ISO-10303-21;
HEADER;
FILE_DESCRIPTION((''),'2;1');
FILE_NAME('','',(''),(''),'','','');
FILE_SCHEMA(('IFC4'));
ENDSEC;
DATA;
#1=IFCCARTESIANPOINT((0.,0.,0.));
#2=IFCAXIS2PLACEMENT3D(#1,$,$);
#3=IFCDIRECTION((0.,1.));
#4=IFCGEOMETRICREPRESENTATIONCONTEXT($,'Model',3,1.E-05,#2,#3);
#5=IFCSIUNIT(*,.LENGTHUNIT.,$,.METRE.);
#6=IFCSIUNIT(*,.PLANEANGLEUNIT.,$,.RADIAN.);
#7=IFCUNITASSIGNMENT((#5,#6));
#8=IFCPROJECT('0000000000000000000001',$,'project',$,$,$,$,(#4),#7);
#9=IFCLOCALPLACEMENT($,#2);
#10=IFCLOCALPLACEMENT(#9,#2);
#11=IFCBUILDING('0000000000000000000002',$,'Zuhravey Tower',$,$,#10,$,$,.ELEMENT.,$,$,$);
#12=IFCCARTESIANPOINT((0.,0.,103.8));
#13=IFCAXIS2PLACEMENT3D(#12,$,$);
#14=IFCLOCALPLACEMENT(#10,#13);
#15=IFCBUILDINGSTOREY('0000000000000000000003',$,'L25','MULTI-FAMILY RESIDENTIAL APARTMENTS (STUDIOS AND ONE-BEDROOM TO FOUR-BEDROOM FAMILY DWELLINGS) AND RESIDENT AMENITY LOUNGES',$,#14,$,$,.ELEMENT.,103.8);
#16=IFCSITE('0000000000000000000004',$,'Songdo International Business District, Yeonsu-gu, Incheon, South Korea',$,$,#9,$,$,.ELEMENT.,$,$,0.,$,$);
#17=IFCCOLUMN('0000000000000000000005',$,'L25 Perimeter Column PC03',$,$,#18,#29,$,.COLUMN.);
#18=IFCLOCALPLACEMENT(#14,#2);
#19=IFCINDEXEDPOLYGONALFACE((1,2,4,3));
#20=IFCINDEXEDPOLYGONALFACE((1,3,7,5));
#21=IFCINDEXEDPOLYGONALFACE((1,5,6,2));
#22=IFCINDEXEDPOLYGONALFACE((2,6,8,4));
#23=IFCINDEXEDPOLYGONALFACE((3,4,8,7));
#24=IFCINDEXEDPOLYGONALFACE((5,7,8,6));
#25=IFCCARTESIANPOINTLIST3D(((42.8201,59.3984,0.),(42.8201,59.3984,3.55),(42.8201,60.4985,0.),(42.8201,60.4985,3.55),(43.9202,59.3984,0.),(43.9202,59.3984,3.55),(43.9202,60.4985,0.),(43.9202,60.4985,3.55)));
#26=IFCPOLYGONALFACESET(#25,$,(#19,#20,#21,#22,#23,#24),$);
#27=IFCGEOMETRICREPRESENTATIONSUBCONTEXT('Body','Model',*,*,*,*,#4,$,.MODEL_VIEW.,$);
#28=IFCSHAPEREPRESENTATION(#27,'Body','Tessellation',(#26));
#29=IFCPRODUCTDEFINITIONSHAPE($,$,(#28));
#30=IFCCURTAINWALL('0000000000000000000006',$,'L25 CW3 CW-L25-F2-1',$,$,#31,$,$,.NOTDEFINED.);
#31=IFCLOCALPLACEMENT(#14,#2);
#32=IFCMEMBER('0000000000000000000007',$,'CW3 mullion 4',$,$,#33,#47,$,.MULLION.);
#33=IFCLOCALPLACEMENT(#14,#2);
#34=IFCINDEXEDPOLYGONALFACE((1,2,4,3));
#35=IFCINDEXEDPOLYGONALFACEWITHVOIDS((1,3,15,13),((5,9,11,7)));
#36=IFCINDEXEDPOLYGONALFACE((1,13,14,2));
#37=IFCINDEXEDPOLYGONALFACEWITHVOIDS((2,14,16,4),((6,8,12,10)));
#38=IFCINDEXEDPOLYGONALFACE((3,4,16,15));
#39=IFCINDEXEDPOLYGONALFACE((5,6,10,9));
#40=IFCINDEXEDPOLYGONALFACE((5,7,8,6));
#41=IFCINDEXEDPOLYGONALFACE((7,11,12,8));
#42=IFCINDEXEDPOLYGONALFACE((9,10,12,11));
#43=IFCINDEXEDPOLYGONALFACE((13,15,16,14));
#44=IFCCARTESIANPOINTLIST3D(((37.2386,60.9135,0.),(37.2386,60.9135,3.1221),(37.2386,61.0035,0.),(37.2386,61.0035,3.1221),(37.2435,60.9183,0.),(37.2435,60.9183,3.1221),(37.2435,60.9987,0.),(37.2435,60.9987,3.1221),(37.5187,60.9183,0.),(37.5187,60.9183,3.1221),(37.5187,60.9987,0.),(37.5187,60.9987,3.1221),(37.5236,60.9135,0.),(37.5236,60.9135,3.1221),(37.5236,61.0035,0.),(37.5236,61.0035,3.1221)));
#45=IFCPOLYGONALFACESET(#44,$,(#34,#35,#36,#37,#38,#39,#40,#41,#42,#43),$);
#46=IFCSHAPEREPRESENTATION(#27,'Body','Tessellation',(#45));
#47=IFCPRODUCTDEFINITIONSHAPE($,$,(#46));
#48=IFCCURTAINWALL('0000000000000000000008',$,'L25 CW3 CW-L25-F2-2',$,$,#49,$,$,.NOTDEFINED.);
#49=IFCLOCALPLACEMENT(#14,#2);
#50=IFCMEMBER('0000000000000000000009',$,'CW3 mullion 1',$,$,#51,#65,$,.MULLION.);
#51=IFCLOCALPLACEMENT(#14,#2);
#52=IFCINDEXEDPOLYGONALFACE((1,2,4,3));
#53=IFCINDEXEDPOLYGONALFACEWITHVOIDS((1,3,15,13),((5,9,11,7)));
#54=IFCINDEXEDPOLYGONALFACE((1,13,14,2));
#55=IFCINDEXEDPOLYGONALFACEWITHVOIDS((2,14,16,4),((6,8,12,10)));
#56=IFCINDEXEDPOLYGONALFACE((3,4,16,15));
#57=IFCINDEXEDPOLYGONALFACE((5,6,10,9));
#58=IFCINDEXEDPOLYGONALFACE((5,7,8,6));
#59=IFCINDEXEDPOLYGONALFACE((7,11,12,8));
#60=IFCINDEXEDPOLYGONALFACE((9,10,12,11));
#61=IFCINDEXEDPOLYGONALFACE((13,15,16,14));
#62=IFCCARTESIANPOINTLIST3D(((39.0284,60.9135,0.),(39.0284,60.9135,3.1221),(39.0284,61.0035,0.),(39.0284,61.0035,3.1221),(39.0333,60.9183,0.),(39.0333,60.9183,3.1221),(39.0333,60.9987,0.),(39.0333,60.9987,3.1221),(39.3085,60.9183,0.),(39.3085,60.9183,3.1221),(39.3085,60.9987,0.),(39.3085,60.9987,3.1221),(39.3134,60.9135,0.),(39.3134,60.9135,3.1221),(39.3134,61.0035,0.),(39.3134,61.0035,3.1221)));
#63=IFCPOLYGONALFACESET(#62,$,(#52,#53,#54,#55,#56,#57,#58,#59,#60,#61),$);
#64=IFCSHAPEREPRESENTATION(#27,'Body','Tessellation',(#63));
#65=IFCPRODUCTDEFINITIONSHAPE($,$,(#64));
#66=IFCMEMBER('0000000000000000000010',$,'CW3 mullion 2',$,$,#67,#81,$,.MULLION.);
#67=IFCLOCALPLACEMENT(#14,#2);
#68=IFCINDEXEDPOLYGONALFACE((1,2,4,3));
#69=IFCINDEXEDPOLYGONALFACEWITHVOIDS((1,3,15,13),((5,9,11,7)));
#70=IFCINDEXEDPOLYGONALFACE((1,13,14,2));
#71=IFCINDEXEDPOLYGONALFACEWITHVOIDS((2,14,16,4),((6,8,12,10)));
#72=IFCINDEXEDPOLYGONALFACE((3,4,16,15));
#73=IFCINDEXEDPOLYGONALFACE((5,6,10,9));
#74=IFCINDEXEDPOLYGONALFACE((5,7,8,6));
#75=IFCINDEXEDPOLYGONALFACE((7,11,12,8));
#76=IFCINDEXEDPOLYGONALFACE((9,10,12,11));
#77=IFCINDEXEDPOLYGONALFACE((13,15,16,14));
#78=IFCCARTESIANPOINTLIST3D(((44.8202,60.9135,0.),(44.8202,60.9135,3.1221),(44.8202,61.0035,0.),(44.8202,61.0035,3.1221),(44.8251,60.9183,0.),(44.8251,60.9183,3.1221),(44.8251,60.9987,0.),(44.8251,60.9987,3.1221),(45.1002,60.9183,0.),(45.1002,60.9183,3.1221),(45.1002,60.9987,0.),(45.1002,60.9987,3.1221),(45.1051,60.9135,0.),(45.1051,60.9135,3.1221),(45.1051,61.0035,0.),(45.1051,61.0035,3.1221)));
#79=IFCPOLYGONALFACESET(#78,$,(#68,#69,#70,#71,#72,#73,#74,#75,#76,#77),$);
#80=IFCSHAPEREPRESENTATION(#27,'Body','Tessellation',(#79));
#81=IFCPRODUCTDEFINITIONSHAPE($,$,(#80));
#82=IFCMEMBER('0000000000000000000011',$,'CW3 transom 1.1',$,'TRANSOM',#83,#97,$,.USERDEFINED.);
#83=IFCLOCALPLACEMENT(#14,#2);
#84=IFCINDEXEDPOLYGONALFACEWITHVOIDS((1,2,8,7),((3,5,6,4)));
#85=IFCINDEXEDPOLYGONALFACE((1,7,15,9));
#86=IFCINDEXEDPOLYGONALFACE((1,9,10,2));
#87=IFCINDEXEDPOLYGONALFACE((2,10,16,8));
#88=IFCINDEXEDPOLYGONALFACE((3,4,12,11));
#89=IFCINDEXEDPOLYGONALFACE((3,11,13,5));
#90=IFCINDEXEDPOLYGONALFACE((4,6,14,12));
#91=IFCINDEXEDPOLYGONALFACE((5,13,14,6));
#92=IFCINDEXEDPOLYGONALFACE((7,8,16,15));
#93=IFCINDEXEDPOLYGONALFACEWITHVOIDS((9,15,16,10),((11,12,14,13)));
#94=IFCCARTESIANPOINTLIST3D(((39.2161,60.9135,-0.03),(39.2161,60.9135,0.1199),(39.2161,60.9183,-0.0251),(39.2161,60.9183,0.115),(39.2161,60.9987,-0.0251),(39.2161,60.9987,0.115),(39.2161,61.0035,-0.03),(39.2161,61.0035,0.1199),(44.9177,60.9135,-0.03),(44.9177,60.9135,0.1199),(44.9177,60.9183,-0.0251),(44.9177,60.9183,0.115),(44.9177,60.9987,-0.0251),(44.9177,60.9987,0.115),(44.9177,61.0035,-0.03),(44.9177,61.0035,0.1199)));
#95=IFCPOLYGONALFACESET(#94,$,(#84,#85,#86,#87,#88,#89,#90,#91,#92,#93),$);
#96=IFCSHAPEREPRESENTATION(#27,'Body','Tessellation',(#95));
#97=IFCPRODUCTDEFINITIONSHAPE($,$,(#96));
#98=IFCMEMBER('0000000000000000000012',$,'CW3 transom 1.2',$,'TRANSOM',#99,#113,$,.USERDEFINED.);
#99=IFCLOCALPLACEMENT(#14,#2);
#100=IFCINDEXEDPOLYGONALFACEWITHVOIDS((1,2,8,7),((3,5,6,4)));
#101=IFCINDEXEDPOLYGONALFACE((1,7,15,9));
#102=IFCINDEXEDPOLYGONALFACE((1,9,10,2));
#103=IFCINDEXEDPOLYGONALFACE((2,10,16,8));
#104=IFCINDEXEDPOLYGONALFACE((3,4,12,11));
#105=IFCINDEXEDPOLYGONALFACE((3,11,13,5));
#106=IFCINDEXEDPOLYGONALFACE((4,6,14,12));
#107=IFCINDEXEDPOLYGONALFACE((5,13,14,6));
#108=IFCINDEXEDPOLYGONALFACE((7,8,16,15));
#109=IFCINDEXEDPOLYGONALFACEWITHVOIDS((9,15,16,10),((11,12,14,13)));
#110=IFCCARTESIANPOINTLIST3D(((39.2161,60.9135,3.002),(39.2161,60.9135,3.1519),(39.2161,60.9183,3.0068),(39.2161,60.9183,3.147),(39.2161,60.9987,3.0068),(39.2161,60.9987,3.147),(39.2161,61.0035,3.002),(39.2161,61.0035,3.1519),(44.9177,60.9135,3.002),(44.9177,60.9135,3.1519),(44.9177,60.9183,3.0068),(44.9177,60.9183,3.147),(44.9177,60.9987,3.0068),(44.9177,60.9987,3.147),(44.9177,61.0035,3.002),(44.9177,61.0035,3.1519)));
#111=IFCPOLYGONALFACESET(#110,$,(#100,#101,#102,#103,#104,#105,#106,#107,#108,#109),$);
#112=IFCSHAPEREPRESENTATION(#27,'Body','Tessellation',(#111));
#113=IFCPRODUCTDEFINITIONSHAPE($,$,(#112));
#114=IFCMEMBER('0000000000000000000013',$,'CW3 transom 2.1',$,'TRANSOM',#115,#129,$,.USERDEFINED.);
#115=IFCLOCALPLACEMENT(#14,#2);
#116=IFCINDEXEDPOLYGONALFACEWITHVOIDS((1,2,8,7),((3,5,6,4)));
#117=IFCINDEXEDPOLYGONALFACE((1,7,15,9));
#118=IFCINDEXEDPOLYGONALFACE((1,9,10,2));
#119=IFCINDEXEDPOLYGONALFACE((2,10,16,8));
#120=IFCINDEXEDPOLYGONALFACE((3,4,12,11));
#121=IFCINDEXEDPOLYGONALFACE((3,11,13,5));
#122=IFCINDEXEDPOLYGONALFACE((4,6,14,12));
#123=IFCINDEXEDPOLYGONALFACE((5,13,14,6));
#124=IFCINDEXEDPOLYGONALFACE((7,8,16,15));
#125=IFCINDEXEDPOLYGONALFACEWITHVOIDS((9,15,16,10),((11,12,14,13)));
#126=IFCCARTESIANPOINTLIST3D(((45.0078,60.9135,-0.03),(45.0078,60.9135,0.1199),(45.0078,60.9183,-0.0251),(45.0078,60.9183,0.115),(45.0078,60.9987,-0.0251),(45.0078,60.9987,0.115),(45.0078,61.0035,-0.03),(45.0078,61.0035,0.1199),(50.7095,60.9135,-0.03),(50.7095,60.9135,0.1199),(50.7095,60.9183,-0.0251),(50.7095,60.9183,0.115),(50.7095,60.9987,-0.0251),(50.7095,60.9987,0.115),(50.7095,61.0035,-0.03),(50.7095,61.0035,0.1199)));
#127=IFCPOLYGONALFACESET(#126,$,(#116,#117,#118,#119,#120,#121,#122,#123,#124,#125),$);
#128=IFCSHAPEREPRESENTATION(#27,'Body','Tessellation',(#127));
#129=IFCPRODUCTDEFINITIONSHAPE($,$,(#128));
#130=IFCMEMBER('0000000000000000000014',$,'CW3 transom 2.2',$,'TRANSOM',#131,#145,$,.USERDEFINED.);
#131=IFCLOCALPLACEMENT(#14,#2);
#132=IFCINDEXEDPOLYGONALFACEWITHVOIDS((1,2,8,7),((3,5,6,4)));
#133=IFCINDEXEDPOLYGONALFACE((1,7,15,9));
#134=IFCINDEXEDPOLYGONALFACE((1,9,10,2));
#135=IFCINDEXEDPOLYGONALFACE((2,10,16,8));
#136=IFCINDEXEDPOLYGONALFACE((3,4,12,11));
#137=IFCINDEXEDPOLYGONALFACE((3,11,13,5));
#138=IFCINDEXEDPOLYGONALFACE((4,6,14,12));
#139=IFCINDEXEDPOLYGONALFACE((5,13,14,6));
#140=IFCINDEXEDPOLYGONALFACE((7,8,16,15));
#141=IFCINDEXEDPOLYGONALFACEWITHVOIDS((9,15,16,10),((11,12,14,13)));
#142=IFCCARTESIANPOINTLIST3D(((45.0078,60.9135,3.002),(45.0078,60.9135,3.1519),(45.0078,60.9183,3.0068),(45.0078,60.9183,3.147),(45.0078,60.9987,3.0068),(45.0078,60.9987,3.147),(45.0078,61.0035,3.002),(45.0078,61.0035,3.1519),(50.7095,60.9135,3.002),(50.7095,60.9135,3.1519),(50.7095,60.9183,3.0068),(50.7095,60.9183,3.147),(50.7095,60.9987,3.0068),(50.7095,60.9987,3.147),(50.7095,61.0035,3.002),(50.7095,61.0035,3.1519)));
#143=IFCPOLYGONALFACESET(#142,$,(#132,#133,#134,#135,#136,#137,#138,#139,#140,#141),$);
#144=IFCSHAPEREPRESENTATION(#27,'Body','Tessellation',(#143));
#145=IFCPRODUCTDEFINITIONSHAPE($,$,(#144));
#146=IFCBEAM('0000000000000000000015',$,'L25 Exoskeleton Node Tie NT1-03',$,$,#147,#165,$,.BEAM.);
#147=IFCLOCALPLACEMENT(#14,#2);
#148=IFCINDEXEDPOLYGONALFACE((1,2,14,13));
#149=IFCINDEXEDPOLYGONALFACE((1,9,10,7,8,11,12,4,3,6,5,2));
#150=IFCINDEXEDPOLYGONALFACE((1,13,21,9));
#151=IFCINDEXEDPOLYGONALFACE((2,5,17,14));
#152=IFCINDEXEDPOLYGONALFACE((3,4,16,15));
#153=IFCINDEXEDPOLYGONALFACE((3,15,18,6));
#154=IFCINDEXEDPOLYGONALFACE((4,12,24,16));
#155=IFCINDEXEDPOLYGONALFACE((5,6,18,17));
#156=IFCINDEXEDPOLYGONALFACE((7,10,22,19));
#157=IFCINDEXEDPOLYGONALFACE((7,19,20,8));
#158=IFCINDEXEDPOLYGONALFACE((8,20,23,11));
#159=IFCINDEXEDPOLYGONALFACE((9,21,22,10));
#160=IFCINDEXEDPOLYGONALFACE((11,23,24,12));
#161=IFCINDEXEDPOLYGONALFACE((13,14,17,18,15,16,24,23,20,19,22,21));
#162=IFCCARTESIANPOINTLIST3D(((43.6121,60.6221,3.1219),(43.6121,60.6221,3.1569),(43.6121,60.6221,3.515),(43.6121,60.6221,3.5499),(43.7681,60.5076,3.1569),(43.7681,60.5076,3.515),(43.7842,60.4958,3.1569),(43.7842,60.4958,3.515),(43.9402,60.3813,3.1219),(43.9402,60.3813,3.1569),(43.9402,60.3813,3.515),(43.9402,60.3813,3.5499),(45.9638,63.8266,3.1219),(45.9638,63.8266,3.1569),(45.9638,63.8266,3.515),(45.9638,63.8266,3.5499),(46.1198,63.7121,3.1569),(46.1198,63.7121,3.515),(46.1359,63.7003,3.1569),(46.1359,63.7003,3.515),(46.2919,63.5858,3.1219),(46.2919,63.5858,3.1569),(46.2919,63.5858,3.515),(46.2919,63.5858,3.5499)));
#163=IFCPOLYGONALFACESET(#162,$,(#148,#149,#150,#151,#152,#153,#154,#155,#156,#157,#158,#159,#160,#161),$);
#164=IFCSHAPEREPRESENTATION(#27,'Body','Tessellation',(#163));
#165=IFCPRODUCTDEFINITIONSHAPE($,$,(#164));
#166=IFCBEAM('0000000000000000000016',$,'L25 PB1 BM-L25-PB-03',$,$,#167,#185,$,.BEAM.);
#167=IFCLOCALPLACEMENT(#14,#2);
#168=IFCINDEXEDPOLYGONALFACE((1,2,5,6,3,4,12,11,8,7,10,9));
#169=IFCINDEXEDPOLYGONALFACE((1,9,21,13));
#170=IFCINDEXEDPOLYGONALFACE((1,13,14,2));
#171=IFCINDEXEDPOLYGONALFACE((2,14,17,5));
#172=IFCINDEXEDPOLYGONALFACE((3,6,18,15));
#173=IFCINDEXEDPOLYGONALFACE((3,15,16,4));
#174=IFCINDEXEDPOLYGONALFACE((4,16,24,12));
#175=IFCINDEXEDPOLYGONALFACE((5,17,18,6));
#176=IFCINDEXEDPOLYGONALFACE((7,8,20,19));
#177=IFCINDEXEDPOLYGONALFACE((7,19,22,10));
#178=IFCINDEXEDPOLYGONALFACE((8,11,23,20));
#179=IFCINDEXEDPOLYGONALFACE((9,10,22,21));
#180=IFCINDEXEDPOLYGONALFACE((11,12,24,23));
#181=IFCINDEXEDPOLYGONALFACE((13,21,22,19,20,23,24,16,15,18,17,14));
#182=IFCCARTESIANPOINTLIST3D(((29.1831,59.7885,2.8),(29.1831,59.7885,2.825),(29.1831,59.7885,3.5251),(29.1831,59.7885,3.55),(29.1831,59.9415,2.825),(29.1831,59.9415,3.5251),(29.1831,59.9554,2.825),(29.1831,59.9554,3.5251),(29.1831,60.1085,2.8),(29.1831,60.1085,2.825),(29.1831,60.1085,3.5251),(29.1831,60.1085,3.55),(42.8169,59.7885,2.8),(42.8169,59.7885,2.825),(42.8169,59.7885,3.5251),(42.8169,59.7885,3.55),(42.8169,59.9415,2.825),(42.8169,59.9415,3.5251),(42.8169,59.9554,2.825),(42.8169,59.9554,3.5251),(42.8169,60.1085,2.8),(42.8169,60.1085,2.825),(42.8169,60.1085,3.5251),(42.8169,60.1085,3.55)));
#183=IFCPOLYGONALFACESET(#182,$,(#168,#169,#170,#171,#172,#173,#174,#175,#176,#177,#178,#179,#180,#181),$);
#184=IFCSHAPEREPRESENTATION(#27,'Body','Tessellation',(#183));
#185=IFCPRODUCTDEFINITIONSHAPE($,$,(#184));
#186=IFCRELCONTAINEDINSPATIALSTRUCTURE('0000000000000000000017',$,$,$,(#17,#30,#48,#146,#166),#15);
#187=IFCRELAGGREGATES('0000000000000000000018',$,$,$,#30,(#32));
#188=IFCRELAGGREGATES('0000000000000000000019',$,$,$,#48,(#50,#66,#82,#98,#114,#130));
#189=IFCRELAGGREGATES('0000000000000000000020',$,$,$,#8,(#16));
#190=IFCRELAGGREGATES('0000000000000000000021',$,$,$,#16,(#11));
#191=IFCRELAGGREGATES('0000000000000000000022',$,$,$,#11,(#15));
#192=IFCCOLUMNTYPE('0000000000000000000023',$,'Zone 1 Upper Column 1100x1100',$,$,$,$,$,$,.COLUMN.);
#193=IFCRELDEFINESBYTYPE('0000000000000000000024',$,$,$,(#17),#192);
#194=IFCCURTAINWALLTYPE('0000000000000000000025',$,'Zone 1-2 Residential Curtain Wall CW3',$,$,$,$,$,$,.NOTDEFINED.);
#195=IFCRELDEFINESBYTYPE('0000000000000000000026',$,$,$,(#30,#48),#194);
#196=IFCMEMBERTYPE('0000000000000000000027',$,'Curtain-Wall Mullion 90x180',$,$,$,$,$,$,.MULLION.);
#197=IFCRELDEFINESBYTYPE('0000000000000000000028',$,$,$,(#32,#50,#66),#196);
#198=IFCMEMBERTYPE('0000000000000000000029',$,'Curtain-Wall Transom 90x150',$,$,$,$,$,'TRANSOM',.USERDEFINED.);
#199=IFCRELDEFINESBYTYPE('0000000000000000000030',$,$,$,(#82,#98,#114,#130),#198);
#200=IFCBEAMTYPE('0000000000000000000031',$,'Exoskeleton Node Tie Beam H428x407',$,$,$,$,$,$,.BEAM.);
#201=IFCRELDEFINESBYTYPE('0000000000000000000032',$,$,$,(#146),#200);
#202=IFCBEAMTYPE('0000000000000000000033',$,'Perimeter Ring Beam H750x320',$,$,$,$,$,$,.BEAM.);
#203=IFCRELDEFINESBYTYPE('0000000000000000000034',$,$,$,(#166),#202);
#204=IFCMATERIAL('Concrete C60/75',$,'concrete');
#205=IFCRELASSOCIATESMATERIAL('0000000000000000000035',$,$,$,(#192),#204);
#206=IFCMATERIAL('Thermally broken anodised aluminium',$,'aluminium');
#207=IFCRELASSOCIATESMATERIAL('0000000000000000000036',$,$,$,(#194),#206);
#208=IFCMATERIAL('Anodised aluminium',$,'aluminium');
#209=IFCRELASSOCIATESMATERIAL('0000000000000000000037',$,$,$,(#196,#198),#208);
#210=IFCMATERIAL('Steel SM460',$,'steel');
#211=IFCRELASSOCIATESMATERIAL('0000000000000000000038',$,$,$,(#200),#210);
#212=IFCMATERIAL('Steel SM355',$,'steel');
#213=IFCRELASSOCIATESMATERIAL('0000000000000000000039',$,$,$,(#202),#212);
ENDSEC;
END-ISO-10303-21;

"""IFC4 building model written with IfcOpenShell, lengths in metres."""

from ifc_helpers import new_model, si_unit, direction, frame, origin, origin_2d, place, context, subcontext, project, spatial, rectangle, hollow_rectangle, i_section, extrude, material, material_profile, profile_set, type_object, element, aggregate, save


model = new_model("IFC4")

# Units and contexts
model_context = context("Model", 3, precision=1e-05, world=origin(), true_north=direction((0.0, 1.0)))
body_context = subcontext(model_context, "Body", "Model", "MODEL_VIEW")
ifc_project = project(units=[si_unit("LENGTHUNIT", "METRE"), si_unit("PLANEANGLEUNIT", "RADIAN")], contexts=[model_context])

# Site, building, storey
site_placement = place(None, origin())
site = spatial("IfcSite", under=ifc_project, at=site_placement, Name="Songdo International Business District, Yeonsu-gu, Incheon, South Korea", CompositionType="ELEMENT", RefElevation=0.0)
building_placement = place(site_placement, origin())
building = spatial("IfcBuilding", under=site, at=building_placement, Name="Zuhravey Tower", CompositionType="ELEMENT")
storey_placement = place(building_placement, frame((0.0, 0.0, 103.8)))
storey = spatial("IfcBuildingStorey", under=building, at=storey_placement, Name="L25", Description="MULTI-FAMILY RESIDENTIAL APARTMENTS (STUDIOS AND ONE-BEDROOM TO FOUR-BEDROOM FAMILY DWELLINGS) AND RESIDENT AMENITY LOUNGES", CompositionType="ELEMENT", Elevation=103.8)

# Column
ifc_material_1 = material(Name="Concrete C60/75", Category="concrete")
ifc_material_profile_1 = material_profile(ifc_material_1, rectangle(XDim=1.1001, YDim=1.1001, at=origin_2d()), Name="RC-1100x1100")
ifc_profile_set_1 = profile_set([ifc_material_profile_1], Name="Concrete C60/75")
column_type = type_object("IfcColumnType", Name="Zone 1 Upper Column 1100x1100", PredefinedType="COLUMN", material=ifc_profile_set_1)
column_placement = place(storey_placement, frame((43.3701, 59.9485, 0.0), z_axis=(0.0, 0.0, 1.0), x_axis=(-1.0, 0.0, 0.0)))
element("IfcColumn", 1, at=column_placement, inside=storey, type_object=column_type, Name="L25 Perimeter Column PC03", PredefinedType="COLUMN", context=body_context, shape_type="SweptSolid", body=[
    extrude(rectangle(XDim=1.1001, YDim=1.1001, at=origin_2d()), origin(), (0.0, 0.0, 1.0), 3.55),
])

# Curtain wall, member
ifc_material_2 = material(Name="Thermally broken anodised aluminium", Category="aluminium")
curtain_wall_type = type_object("IfcCurtainWallType", Name="Zone 1-2 Residential Curtain Wall CW3", PredefinedType="NOTDEFINED", material=ifc_material_2)
curtain_wall_1_placement = place(storey_placement, origin())
curtain_wall_1 = element("IfcCurtainWall", 2, at=curtain_wall_1_placement, inside=storey, type_object=curtain_wall_type, Name="L25 CW3 CW-L25-F2-1", PredefinedType="NOTDEFINED")
ifc_material_3 = material(Name="Anodised aluminium", Category="aluminium")
ifc_material_profile_2 = material_profile(ifc_material_3, hollow_rectangle(XDim=0.0901, YDim=0.2849, WallThickness=0.0049, at=origin_2d()), Name="ALU-RHS-90x285x5")
ifc_profile_set_2 = profile_set([ifc_material_profile_2], Name="Anodised aluminium")
member_type_1 = type_object("IfcMemberType", Name="Curtain-Wall Mullion 90x180", PredefinedType="MULLION", material=ifc_profile_set_2)
member_1_placement = place(storey_placement, frame((37.3811, 60.9585, 0.0), z_axis=(0.0, 0.0, 1.0), x_axis=(0.0, 1.0, 0.0)))
member_1 = element("IfcMember", 3, at=member_1_placement, type_object=member_type_1, Name="CW3 mullion 4", PredefinedType="MULLION", context=body_context, shape_type="SweptSolid", body=[
    extrude(hollow_rectangle(XDim=0.0901, YDim=0.2849, WallThickness=0.0049, at=origin_2d()), origin(), (0.0, 0.0, 1.0), 3.1221),
])
aggregate(curtain_wall_1, [member_1])

# Curtain wall, members
curtain_wall_2_placement = place(storey_placement, origin())
curtain_wall_2 = element("IfcCurtainWall", 4, at=curtain_wall_2_placement, inside=storey, type_object=curtain_wall_type, Name="L25 CW3 CW-L25-F2-2", PredefinedType="NOTDEFINED")
member_2_placement = place(storey_placement, frame((39.1709, 60.9585, 0.0), z_axis=(0.0, 0.0, 1.0), x_axis=(0.0, 1.0, 0.0)))
member_2 = element("IfcMember", 5, at=member_2_placement, type_object=member_type_1, Name="CW3 mullion 1", PredefinedType="MULLION", context=body_context, shape_type="SweptSolid", body=[
    extrude(hollow_rectangle(XDim=0.0901, YDim=0.2849, WallThickness=0.0049, at=origin_2d()), origin(), (0.0, 0.0, 1.0), 3.1221),
])
member_3_placement = place(storey_placement, frame((44.9626, 60.9585, 0.0), z_axis=(0.0, 0.0, 1.0), x_axis=(0.0, 1.0, 0.0)))
member_3 = element("IfcMember", 6, at=member_3_placement, type_object=member_type_1, Name="CW3 mullion 2", PredefinedType="MULLION", context=body_context, shape_type="SweptSolid", body=[
    extrude(hollow_rectangle(XDim=0.0901, YDim=0.2849, WallThickness=0.0049, at=origin_2d()), origin(), (0.0, 0.0, 1.0), 3.1221),
])
ifc_material_profile_3 = material_profile(ifc_material_3, hollow_rectangle(XDim=0.0901, YDim=0.1499, WallThickness=0.0049, at=origin_2d()), Name="ALU-RHS-90x150x5")
ifc_profile_set_3 = profile_set([ifc_material_profile_3], Name="Anodised aluminium")
member_type_2 = type_object("IfcMemberType", Name="Curtain-Wall Transom 90x150", ElementType="TRANSOM", PredefinedType="USERDEFINED", material=ifc_profile_set_3)
member_4_placement = place(storey_placement, frame((39.2161, 60.9585, 0.0449), z_axis=(1.0, 0.0, 0.0), x_axis=(0.0, 1.0, 0.0)))
member_4 = element("IfcMember", 7, at=member_4_placement, type_object=member_type_2, Name="CW3 transom 1.1", ObjectType="TRANSOM", PredefinedType="USERDEFINED", context=body_context, shape_type="SweptSolid", body=[
    extrude(hollow_rectangle(XDim=0.0901, YDim=0.1499, WallThickness=0.0049, at=origin_2d()), origin(), (0.0, 0.0, 1.0), 5.7017),
])
member_5_placement = place(storey_placement, frame((39.2161, 60.9585, 3.0769), z_axis=(1.0, 0.0, 0.0), x_axis=(0.0, 1.0, 0.0)))
member_5 = element("IfcMember", 8, at=member_5_placement, type_object=member_type_2, Name="CW3 transom 1.2", ObjectType="TRANSOM", PredefinedType="USERDEFINED", context=body_context, shape_type="SweptSolid", body=[
    extrude(hollow_rectangle(XDim=0.0901, YDim=0.1499, WallThickness=0.0049, at=origin_2d()), origin(), (0.0, 0.0, 1.0), 5.7017),
])
member_6_placement = place(storey_placement, frame((45.0078, 60.9585, 0.0449), z_axis=(1.0, 0.0, 0.0), x_axis=(0.0, 1.0, 0.0)))
member_6 = element("IfcMember", 9, at=member_6_placement, type_object=member_type_2, Name="CW3 transom 2.1", ObjectType="TRANSOM", PredefinedType="USERDEFINED", context=body_context, shape_type="SweptSolid", body=[
    extrude(hollow_rectangle(XDim=0.0901, YDim=0.1499, WallThickness=0.0049, at=origin_2d()), origin(), (0.0, 0.0, 1.0), 5.7017),
])
member_7_placement = place(storey_placement, frame((45.0078, 60.9585, 3.0769), z_axis=(1.0, 0.0, 0.0), x_axis=(0.0, 1.0, 0.0)))
member_7 = element("IfcMember", 10, at=member_7_placement, type_object=member_type_2, Name="CW3 transom 2.2", ObjectType="TRANSOM", PredefinedType="USERDEFINED", context=body_context, shape_type="SweptSolid", body=[
    extrude(hollow_rectangle(XDim=0.0901, YDim=0.1499, WallThickness=0.0049, at=origin_2d()), origin(), (0.0, 0.0, 1.0), 5.7017),
])

# Beams
ifc_material_4 = material(Name="Steel SM460", Category="steel")
ifc_material_profile_4 = material_profile(ifc_material_4, i_section(OverallWidth=0.407, OverallDepth=0.428, WebThickness=0.02, FlangeThickness=0.0349, at=origin_2d()), Name="H-428x407x20x35")
ifc_profile_set_4 = profile_set([ifc_material_profile_4], Name="Steel SM460")
beam_type_1 = type_object("IfcBeamType", Name="Exoskeleton Node Tie Beam H428x407", PredefinedType="BEAM", material=ifc_profile_set_4)
beam_1_placement = place(storey_placement, frame((43.7761, 60.5017, 3.3359), z_axis=(0.591654, 0.806192, 0.0), x_axis=(-0.806192, 0.591654, 0.0)))
element("IfcBeam", 11, at=beam_1_placement, inside=storey, type_object=beam_type_1, Name="L25 Exoskeleton Node Tie NT1-03", PredefinedType="BEAM", context=body_context, shape_type="SweptSolid", body=[
    extrude(i_section(OverallWidth=0.407, OverallDepth=0.428, WebThickness=0.02, FlangeThickness=0.0349, at=origin_2d()), origin(), (0.0, 0.0, 1.0), 3.9749),
])
ifc_material_5 = material(Name="Steel SM355", Category="steel")
ifc_material_profile_5 = material_profile(ifc_material_5, i_section(OverallWidth=0.3201, OverallDepth=0.75, WebThickness=0.0139, FlangeThickness=0.0249, at=origin_2d()), Name="H-750x320x14x25")
ifc_profile_set_5 = profile_set([ifc_material_profile_5], Name="Steel SM355")
beam_type_2 = type_object("IfcBeamType", Name="Perimeter Ring Beam H750x320", PredefinedType="BEAM", material=ifc_profile_set_5)
beam_2_placement = place(storey_placement, frame((42.8169, 59.9485, 3.175), z_axis=(-1.0, 0.0, 0.0), x_axis=(0.0, -1.0, 0.0)))
element("IfcBeam", 12, at=beam_2_placement, inside=storey, type_object=beam_type_2, Name="L25 PB1 BM-L25-PB-03", PredefinedType="BEAM", context=body_context, shape_type="SweptSolid", body=[
    extrude(i_section(OverallWidth=0.3201, OverallDepth=0.75, WebThickness=0.0139, FlangeThickness=0.0249, at=origin_2d()), origin(), (0.0, 0.0, 1.0), 13.6338),
])

aggregate(curtain_wall_2, [member_2, member_3, member_4, member_5, member_6, member_7])

save(model, "model.ifc")
